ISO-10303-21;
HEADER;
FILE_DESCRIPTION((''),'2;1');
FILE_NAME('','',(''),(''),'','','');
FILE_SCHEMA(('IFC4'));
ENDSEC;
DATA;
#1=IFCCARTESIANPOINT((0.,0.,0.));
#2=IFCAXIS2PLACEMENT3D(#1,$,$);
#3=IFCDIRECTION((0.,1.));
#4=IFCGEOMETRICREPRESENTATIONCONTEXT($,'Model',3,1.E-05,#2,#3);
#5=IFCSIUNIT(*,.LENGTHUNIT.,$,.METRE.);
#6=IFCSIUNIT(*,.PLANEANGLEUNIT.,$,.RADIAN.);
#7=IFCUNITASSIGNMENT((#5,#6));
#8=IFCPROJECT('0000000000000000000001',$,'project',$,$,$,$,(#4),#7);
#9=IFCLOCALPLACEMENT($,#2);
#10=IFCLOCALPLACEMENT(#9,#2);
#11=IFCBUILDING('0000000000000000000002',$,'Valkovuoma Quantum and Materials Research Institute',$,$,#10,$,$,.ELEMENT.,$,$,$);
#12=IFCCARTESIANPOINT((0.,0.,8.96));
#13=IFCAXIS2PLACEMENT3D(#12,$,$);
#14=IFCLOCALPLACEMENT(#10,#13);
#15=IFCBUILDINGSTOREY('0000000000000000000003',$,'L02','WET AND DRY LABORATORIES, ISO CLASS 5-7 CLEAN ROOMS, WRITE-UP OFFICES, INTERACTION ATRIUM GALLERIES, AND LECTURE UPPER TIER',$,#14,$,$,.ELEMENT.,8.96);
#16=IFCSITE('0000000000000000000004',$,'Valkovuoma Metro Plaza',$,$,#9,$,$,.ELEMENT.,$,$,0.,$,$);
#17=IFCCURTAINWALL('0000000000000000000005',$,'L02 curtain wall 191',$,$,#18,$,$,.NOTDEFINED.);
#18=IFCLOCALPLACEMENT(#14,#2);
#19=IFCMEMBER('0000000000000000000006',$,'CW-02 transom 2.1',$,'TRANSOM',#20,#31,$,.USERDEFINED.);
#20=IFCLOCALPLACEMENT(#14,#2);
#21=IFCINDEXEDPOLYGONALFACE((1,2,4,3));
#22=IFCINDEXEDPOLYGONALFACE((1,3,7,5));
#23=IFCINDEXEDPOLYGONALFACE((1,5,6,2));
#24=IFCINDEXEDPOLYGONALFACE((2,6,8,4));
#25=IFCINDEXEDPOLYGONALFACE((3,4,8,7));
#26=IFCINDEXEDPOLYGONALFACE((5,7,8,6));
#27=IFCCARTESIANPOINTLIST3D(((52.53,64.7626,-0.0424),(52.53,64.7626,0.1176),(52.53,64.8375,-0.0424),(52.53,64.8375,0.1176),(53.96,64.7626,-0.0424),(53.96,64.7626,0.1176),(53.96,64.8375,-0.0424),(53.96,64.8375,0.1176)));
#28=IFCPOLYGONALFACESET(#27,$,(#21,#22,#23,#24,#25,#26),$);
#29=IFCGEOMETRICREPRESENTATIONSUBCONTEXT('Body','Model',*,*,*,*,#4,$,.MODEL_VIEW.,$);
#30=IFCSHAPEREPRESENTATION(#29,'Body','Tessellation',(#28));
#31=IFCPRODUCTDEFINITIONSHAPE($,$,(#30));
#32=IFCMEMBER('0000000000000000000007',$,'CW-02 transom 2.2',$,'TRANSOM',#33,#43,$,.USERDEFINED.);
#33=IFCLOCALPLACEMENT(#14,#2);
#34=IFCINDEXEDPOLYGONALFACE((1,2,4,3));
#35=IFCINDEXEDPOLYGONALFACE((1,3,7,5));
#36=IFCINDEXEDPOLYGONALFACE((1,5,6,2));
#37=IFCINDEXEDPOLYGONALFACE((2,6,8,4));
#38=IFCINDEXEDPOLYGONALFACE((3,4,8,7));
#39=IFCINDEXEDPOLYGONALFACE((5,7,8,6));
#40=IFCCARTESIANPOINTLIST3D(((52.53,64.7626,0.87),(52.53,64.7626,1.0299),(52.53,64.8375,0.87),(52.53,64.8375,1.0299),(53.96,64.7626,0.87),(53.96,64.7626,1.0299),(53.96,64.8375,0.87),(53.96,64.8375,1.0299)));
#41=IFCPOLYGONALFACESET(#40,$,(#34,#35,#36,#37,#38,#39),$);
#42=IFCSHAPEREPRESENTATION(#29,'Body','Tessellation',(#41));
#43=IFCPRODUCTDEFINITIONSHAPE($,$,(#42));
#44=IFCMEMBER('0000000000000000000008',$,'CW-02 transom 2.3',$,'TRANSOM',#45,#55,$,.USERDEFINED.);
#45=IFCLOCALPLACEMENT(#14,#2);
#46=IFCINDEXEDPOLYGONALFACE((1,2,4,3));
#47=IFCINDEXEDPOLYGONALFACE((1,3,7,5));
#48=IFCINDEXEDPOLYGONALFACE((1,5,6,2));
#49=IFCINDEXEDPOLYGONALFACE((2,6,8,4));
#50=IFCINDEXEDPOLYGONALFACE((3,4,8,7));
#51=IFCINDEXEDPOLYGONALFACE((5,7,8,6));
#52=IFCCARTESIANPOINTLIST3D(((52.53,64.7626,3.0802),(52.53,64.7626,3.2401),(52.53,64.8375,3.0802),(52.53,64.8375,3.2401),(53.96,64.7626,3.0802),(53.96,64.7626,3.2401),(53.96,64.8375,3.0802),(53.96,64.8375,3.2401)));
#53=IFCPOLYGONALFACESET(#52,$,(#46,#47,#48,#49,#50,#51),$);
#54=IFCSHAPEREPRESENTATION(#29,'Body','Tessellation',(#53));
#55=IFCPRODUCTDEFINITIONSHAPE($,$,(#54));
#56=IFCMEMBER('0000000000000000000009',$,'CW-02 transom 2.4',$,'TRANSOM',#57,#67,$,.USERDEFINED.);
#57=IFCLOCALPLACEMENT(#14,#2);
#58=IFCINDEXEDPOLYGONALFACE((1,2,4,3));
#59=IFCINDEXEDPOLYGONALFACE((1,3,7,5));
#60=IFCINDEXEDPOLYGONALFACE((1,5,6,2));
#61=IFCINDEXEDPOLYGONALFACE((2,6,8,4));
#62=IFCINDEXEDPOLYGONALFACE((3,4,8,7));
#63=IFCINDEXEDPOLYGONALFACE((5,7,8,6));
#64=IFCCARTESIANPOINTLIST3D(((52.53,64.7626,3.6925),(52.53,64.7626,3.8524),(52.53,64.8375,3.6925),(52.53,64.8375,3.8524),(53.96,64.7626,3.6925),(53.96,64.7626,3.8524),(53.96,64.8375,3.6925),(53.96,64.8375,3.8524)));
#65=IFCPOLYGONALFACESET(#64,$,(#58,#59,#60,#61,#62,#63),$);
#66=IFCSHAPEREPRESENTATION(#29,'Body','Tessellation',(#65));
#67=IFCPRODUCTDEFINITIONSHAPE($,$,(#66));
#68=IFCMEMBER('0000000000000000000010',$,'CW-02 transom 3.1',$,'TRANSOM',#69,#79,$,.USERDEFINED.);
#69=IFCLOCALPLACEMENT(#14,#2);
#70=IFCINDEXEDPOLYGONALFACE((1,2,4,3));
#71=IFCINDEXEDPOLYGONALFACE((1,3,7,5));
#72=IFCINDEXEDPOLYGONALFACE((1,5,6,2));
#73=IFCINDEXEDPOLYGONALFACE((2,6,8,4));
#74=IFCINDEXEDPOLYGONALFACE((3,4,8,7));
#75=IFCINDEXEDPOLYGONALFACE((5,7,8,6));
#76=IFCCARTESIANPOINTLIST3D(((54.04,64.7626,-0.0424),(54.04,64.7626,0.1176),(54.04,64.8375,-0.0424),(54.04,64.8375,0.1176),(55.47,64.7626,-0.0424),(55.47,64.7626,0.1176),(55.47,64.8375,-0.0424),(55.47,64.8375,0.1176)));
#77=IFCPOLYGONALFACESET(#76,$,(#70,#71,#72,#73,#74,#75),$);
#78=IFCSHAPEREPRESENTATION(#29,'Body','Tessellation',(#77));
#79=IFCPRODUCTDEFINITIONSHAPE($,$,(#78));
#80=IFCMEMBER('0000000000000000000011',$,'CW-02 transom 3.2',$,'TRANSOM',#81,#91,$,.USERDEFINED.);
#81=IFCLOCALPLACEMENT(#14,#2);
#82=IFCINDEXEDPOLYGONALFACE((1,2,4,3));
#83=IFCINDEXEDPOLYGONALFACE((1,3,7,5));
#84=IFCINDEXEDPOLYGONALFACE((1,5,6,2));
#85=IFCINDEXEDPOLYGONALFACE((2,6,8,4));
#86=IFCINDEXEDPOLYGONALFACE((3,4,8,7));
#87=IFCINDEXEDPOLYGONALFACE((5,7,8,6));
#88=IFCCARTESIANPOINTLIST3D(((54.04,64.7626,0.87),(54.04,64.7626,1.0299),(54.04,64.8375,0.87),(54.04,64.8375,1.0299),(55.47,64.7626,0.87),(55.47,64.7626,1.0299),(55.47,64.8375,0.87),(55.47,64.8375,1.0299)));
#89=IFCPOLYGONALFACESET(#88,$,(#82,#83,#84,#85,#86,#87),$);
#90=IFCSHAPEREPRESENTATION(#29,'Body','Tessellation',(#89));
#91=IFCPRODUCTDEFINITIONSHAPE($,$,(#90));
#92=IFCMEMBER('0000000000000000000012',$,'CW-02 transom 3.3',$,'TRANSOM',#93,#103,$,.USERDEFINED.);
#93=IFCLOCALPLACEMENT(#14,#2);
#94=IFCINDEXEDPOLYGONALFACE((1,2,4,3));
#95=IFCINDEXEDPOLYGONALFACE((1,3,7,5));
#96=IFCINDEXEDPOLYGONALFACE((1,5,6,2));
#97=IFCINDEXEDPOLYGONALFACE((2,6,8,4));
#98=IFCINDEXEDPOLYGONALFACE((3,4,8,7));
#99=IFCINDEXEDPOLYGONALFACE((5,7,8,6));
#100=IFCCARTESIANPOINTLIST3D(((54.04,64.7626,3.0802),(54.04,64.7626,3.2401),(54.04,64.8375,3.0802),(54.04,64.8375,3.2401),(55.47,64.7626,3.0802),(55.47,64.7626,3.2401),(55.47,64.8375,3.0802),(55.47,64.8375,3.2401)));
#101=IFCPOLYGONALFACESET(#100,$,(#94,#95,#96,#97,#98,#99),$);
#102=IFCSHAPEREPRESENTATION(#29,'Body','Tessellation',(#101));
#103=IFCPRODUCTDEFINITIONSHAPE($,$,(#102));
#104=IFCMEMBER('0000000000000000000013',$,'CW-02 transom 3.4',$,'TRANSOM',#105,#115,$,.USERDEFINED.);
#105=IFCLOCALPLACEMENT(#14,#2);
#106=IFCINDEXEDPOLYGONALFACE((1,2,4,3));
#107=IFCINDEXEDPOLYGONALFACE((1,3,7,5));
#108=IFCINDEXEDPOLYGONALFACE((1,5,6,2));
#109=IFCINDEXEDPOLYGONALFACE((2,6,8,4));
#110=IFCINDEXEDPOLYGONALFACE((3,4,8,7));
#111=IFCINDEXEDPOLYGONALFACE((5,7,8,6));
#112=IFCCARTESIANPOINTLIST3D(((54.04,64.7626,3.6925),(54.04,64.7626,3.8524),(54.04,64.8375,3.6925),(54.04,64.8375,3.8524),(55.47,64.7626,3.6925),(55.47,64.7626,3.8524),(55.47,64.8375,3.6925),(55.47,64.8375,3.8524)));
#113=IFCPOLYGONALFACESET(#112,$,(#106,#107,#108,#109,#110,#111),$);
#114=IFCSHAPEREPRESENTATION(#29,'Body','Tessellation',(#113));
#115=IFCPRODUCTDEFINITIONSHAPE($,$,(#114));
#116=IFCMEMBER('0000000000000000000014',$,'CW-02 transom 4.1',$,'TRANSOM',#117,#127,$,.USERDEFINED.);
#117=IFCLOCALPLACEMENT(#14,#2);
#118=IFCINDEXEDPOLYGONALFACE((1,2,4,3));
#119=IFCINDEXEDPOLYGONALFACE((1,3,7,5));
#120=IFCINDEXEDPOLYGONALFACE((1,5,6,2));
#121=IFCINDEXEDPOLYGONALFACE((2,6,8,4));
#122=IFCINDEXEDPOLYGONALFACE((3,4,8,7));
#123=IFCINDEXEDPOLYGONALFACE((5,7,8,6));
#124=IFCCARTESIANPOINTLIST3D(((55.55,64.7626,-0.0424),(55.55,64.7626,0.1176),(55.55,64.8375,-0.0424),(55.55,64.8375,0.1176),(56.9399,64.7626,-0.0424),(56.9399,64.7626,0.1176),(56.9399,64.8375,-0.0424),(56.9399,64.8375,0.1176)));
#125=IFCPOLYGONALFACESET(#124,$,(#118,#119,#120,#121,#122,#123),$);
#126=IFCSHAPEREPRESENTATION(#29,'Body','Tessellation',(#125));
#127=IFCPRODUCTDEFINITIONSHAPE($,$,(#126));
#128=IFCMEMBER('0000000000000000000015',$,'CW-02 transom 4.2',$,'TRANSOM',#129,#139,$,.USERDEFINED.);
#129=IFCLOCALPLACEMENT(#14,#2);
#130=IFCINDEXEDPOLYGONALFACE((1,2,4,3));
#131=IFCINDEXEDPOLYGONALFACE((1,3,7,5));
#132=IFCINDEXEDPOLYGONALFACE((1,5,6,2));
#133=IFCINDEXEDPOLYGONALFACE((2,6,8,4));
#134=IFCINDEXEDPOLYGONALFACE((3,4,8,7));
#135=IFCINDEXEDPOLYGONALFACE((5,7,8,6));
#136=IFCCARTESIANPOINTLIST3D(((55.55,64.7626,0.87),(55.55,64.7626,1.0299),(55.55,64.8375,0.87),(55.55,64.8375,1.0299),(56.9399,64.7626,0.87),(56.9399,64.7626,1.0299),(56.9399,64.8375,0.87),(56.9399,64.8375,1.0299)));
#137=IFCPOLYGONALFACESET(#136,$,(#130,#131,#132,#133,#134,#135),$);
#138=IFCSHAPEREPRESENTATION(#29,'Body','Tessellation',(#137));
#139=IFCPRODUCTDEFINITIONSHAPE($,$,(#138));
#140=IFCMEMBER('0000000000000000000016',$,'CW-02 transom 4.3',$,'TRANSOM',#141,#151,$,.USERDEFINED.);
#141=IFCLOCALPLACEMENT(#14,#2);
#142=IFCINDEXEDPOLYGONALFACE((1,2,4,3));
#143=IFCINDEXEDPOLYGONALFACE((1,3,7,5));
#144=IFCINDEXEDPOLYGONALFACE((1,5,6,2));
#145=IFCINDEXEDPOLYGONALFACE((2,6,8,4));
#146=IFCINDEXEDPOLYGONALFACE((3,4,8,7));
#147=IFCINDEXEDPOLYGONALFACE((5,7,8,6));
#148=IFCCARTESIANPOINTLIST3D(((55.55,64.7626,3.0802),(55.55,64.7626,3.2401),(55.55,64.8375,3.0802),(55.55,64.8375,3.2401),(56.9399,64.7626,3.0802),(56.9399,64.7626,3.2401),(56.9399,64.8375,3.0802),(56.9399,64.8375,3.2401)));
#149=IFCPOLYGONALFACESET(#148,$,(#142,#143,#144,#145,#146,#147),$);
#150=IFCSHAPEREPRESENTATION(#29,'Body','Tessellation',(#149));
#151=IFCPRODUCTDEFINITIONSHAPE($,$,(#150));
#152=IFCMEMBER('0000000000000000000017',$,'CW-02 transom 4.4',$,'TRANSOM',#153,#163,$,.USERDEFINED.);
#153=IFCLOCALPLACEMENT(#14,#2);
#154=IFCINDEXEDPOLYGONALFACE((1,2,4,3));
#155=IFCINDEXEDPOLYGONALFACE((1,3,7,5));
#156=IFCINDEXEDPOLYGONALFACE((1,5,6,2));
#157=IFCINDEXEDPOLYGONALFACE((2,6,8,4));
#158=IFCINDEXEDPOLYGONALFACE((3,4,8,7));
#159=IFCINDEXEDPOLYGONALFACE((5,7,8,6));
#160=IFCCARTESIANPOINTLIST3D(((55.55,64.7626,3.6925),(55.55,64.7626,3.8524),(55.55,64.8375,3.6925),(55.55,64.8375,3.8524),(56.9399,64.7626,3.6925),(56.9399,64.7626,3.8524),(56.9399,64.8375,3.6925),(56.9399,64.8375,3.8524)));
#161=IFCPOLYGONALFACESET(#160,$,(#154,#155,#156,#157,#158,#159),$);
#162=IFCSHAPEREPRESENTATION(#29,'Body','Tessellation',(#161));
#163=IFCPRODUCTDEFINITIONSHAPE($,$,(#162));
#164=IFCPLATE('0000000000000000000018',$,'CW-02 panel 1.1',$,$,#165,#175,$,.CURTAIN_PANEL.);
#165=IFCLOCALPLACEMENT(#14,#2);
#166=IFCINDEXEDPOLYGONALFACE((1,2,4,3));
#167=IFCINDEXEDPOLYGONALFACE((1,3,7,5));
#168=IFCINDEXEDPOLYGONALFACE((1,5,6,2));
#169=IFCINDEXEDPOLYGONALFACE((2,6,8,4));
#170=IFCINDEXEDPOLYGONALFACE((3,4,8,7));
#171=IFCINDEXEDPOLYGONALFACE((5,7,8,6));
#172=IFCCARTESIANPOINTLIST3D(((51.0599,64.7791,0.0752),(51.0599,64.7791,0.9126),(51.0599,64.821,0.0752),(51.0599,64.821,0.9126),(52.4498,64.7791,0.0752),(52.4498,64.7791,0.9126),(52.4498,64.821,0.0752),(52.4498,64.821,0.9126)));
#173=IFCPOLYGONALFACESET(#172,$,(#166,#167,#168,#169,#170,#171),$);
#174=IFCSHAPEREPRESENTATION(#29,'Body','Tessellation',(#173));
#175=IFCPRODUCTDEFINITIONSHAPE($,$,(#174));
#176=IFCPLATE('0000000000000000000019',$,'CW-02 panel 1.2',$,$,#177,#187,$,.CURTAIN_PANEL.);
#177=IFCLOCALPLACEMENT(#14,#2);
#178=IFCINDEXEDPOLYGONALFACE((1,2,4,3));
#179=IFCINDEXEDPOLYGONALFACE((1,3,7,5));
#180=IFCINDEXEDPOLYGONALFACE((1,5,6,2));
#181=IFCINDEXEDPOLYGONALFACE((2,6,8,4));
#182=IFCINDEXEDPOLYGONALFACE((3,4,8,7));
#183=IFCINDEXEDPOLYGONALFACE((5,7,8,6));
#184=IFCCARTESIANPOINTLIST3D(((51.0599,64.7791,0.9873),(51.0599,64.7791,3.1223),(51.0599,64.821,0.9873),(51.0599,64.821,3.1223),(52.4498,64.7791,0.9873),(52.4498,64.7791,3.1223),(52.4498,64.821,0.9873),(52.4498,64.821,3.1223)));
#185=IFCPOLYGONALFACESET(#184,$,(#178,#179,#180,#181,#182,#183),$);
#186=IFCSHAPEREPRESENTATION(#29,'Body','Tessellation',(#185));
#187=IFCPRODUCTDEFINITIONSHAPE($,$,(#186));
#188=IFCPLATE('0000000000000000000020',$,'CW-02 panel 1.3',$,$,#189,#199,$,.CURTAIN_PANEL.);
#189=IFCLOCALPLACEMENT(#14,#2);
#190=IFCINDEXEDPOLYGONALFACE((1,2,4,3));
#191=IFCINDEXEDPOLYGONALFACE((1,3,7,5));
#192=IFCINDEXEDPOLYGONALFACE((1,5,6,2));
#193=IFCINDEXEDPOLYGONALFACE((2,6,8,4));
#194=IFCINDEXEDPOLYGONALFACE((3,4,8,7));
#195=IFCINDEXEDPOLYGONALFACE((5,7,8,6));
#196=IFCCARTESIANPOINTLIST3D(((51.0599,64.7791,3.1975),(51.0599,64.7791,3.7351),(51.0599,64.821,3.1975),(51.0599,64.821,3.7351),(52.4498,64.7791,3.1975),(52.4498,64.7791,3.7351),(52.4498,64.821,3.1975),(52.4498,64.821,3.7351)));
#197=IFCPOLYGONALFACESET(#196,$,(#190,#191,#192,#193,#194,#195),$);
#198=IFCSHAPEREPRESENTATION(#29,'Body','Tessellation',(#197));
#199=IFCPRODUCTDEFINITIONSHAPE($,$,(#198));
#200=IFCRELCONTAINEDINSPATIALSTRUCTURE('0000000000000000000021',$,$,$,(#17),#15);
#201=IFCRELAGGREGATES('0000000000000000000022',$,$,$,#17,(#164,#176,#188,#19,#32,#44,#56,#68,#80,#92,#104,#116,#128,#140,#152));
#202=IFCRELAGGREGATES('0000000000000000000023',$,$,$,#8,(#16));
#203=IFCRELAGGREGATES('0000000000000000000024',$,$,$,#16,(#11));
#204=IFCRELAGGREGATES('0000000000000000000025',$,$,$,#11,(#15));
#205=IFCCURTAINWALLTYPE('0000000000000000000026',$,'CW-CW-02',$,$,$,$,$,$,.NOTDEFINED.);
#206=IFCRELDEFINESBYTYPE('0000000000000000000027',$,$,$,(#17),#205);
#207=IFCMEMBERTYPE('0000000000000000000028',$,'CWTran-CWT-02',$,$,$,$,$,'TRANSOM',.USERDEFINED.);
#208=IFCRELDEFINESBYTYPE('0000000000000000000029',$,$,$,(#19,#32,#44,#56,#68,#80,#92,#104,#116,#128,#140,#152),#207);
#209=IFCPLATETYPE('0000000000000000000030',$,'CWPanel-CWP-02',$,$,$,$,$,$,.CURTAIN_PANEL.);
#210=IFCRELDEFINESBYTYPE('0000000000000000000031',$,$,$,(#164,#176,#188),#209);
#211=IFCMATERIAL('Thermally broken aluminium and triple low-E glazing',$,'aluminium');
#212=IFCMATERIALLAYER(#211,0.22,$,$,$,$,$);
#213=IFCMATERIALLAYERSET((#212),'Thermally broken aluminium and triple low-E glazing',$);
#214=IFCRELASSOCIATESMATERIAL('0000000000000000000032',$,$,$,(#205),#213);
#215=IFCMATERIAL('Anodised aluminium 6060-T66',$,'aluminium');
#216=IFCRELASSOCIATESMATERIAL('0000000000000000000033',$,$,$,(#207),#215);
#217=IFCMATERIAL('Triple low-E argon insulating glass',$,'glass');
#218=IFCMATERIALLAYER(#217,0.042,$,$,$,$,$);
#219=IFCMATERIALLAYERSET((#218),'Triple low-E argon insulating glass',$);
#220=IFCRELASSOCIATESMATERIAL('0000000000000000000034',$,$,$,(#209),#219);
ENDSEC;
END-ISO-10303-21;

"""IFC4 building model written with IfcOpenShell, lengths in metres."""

from ifc_helpers import new_model, si_unit, direction, frame, origin, origin_2d, place, context, subcontext, project, spatial, rectangle, extrude, material, layer, layer_set, material_profile, profile_set, type_object, element, aggregate, save


model = new_model("IFC4")

# Units and contexts
model_context = context("Model", 3, precision=1e-05, world=origin(), true_north=direction((0.0, 1.0)))
body_context = subcontext(model_context, "Body", "Model", "MODEL_VIEW")
ifc_project = project(units=[si_unit("LENGTHUNIT", "METRE"), si_unit("PLANEANGLEUNIT", "RADIAN")], contexts=[model_context])

# Site, building, storey
site_placement = place(None, origin())
site = spatial("IfcSite", under=ifc_project, at=site_placement, Name="Valkovuoma Metro Plaza", CompositionType="ELEMENT", RefElevation=0.0)
building_placement = place(site_placement, origin())
building = spatial("IfcBuilding", under=site, at=building_placement, Name="Valkovuoma Quantum and Materials Research Institute", CompositionType="ELEMENT")
storey_placement = place(building_placement, frame((0.0, 0.0, 8.96)))
storey = spatial("IfcBuildingStorey", under=building, at=storey_placement, Name="L02", Description="WET AND DRY LABORATORIES, ISO CLASS 5-7 CLEAN ROOMS, WRITE-UP OFFICES, INTERACTION ATRIUM GALLERIES, AND LECTURE UPPER TIER", CompositionType="ELEMENT", Elevation=8.96)

# Curtain wall, members, plates
ifc_material_1 = material(Name="Thermally broken aluminium and triple low-E glazing", Category="aluminium")
ifc_layer_1 = layer(ifc_material_1, 0.22)
ifc_layer_set_1 = layer_set([ifc_layer_1], Name="Thermally broken aluminium and triple low-E glazing")
curtain_wall_type = type_object("IfcCurtainWallType", Name="CW-CW-02", PredefinedType="NOTDEFINED", material=ifc_layer_set_1)
curtain_wall_placement = place(storey_placement, origin())
curtain_wall = element("IfcCurtainWall", 1, at=curtain_wall_placement, inside=storey, type_object=curtain_wall_type, Name="L02 curtain wall 191", PredefinedType="NOTDEFINED")
ifc_material_2 = material(Name="Anodised aluminium 6060-T66", Category="aluminium")
ifc_material_profile_1 = material_profile(ifc_material_2, rectangle(XDim=0.075, YDim=0.1599, at=origin_2d()), Name="Anodised aluminium 6060-T66")
ifc_profile_set_1 = profile_set([ifc_material_profile_1], Name="Anodised aluminium 6060-T66")
member_type_1 = type_object("IfcMemberType", Name="CWTran-CWT-02", ElementType="TRANSOM", PredefinedType="USERDEFINED", material=ifc_profile_set_1)
member_1_placement = place(storey_placement, frame((52.53, 64.8, 0.0376), z_axis=(1.0, 0.0, 0.0), x_axis=(0.0, 1.0, 0.0)))
member_1 = element("IfcMember", 2, at=member_1_placement, type_object=member_type_1, Name="CW-02 transom 2.1", ObjectType="TRANSOM", PredefinedType="USERDEFINED", context=body_context, shape_type="SweptSolid", body=[
    extrude(rectangle(XDim=0.075, YDim=0.1599, at=origin_2d()), origin(), (0.0, 0.0, 1.0), 1.4299),
])
member_2_placement = place(storey_placement, frame((52.53, 64.8, 0.95), z_axis=(1.0, 0.0, 0.0), x_axis=(0.0, 1.0, 0.0)))
member_2 = element("IfcMember", 3, at=member_2_placement, type_object=member_type_1, Name="CW-02 transom 2.2", ObjectType="TRANSOM", PredefinedType="USERDEFINED", context=body_context, shape_type="SweptSolid", body=[
    extrude(rectangle(XDim=0.075, YDim=0.1599, at=origin_2d()), origin(), (0.0, 0.0, 1.0), 1.4299),
])
member_3_placement = place(storey_placement, frame((52.53, 64.8, 3.1602), z_axis=(1.0, 0.0, 0.0), x_axis=(0.0, 1.0, 0.0)))
member_3 = element("IfcMember", 4, at=member_3_placement, type_object=member_type_1, Name="CW-02 transom 2.3", ObjectType="TRANSOM", PredefinedType="USERDEFINED", context=body_context, shape_type="SweptSolid", body=[
    extrude(rectangle(XDim=0.075, YDim=0.1599, at=origin_2d()), origin(), (0.0, 0.0, 1.0), 1.4299),
])
member_4_placement = place(storey_placement, frame((52.53, 64.8, 3.7725), z_axis=(1.0, 0.0, 0.0), x_axis=(0.0, 1.0, 0.0)))
member_4 = element("IfcMember", 5, at=member_4_placement, type_object=member_type_1, Name="CW-02 transom 2.4", ObjectType="TRANSOM", PredefinedType="USERDEFINED", context=body_context, shape_type="SweptSolid", body=[
    extrude(rectangle(XDim=0.075, YDim=0.1599, at=origin_2d()), origin(), (0.0, 0.0, 1.0), 1.4299),
])
member_5_placement = place(storey_placement, frame((54.04, 64.8, 0.0376), z_axis=(1.0, 0.0, 0.0), x_axis=(0.0, 1.0, 0.0)))
member_5 = element("IfcMember", 6, at=member_5_placement, type_object=member_type_1, Name="CW-02 transom 3.1", ObjectType="TRANSOM", PredefinedType="USERDEFINED", context=body_context, shape_type="SweptSolid", body=[
    extrude(rectangle(XDim=0.075, YDim=0.1599, at=origin_2d()), origin(), (0.0, 0.0, 1.0), 1.4299),
])
member_6_placement = place(storey_placement, frame((54.04, 64.8, 0.95), z_axis=(1.0, 0.0, 0.0), x_axis=(0.0, 1.0, 0.0)))
member_6 = element("IfcMember", 7, at=member_6_placement, type_object=member_type_1, Name="CW-02 transom 3.2", ObjectType="TRANSOM", PredefinedType="USERDEFINED", context=body_context, shape_type="SweptSolid", body=[
    extrude(rectangle(XDim=0.075, YDim=0.1599, at=origin_2d()), origin(), (0.0, 0.0, 1.0), 1.4299),
])
member_7_placement = place(storey_placement, frame((54.04, 64.8, 3.1602), z_axis=(1.0, 0.0, 0.0), x_axis=(0.0, 1.0, 0.0)))
member_7 = element("IfcMember", 8, at=member_7_placement, type_object=member_type_1, Name="CW-02 transom 3.3", ObjectType="TRANSOM", PredefinedType="USERDEFINED", context=body_context, shape_type="SweptSolid", body=[
    extrude(rectangle(XDim=0.075, YDim=0.1599, at=origin_2d()), origin(), (0.0, 0.0, 1.0), 1.4299),
])
member_8_placement = place(storey_placement, frame((54.04, 64.8, 3.7725), z_axis=(1.0, 0.0, 0.0), x_axis=(0.0, 1.0, 0.0)))
member_8 = element("IfcMember", 9, at=member_8_placement, type_object=member_type_1, Name="CW-02 transom 3.4", ObjectType="TRANSOM", PredefinedType="USERDEFINED", context=body_context, shape_type="SweptSolid", body=[
    extrude(rectangle(XDim=0.075, YDim=0.1599, at=origin_2d()), origin(), (0.0, 0.0, 1.0), 1.4299),
])
member_9_placement = place(storey_placement, frame((55.55, 64.8, 0.0376), z_axis=(1.0, 0.0, 0.0), x_axis=(0.0, 1.0, 0.0)))
member_9 = element("IfcMember", 10, at=member_9_placement, type_object=member_type_1, Name="CW-02 transom 4.1", ObjectType="TRANSOM", PredefinedType="USERDEFINED", context=body_context, shape_type="SweptSolid", body=[
    extrude(rectangle(XDim=0.075, YDim=0.1599, at=origin_2d()), origin(), (0.0, 0.0, 1.0), 1.3899),
])
member_10_placement = place(storey_placement, frame((55.55, 64.8, 0.95), z_axis=(1.0, 0.0, 0.0), x_axis=(0.0, 1.0, 0.0)))
member_10 = element("IfcMember", 11, at=member_10_placement, type_object=member_type_1, Name="CW-02 transom 4.2", ObjectType="TRANSOM", PredefinedType="USERDEFINED", context=body_context, shape_type="SweptSolid", body=[
    extrude(rectangle(XDim=0.075, YDim=0.1599, at=origin_2d()), origin(), (0.0, 0.0, 1.0), 1.3899),
])
member_11_placement = place(storey_placement, frame((55.55, 64.8, 3.1602), z_axis=(1.0, 0.0, 0.0), x_axis=(0.0, 1.0, 0.0)))
member_11 = element("IfcMember", 12, at=member_11_placement, type_object=member_type_1, Name="CW-02 transom 4.3", ObjectType="TRANSOM", PredefinedType="USERDEFINED", context=body_context, shape_type="SweptSolid", body=[
    extrude(rectangle(XDim=0.075, YDim=0.1599, at=origin_2d()), origin(), (0.0, 0.0, 1.0), 1.3899),
])
member_12_placement = place(storey_placement, frame((55.55, 64.8, 3.7725), z_axis=(1.0, 0.0, 0.0), x_axis=(0.0, 1.0, 0.0)))
member_12 = element("IfcMember", 13, at=member_12_placement, type_object=member_type_1, Name="CW-02 transom 4.4", ObjectType="TRANSOM", PredefinedType="USERDEFINED", context=body_context, shape_type="SweptSolid", body=[
    extrude(rectangle(XDim=0.075, YDim=0.1599, at=origin_2d()), origin(), (0.0, 0.0, 1.0), 1.3899),
])
ifc_material_3 = material(Name="Triple low-E argon insulating glass", Category="glass")
ifc_layer_2 = layer(ifc_material_3, 0.042)
ifc_layer_set_2 = layer_set([ifc_layer_2], Name="Triple low-E argon insulating glass")
plate_type = type_object("IfcPlateType", Name="CWPanel-CWP-02", PredefinedType="CURTAIN_PANEL", material=ifc_layer_set_2)
plate_1_placement = place(storey_placement, frame((51.7549, 64.8, 0.0752), z_axis=(0.0, 0.0, 1.0), x_axis=(1.0, 0.0, 0.0)))
plate_1 = element("IfcPlate", 14, at=plate_1_placement, type_object=plate_type, Name="CW-02 panel 1.1", PredefinedType="CURTAIN_PANEL", context=body_context, shape_type="SweptSolid", body=[
    extrude(rectangle(XDim=1.3899, YDim=0.042, at=origin_2d()), origin(), (0.0, 0.0, 1.0), 0.8374),
])
plate_2_placement = place(storey_placement, frame((51.7549, 64.8, 0.9873), z_axis=(0.0, 0.0, 1.0), x_axis=(1.0, 0.0, 0.0)))
plate_2 = element("IfcPlate", 15, at=plate_2_placement, type_object=plate_type, Name="CW-02 panel 1.2", PredefinedType="CURTAIN_PANEL", context=body_context, shape_type="SweptSolid", body=[
    extrude(rectangle(XDim=1.3899, YDim=0.042, at=origin_2d()), origin(), (0.0, 0.0, 1.0), 2.135),
])
plate_3_placement = place(storey_placement, frame((51.7549, 64.8, 3.1975), z_axis=(0.0, 0.0, 1.0), x_axis=(1.0, 0.0, 0.0)))
plate_3 = element("IfcPlate", 16, at=plate_3_placement, type_object=plate_type, Name="CW-02 panel 1.3", PredefinedType="CURTAIN_PANEL", context=body_context, shape_type="SweptSolid", body=[
    extrude(rectangle(XDim=1.3899, YDim=0.042, at=origin_2d()), origin(), (0.0, 0.0, 1.0), 0.5376),
])
aggregate(curtain_wall, [plate_1, plate_2, plate_3, member_1, member_2, member_3, member_4, member_5, member_6, member_7, member_8, member_9, member_10, member_11, member_12])

save(model, "model.ifc")
